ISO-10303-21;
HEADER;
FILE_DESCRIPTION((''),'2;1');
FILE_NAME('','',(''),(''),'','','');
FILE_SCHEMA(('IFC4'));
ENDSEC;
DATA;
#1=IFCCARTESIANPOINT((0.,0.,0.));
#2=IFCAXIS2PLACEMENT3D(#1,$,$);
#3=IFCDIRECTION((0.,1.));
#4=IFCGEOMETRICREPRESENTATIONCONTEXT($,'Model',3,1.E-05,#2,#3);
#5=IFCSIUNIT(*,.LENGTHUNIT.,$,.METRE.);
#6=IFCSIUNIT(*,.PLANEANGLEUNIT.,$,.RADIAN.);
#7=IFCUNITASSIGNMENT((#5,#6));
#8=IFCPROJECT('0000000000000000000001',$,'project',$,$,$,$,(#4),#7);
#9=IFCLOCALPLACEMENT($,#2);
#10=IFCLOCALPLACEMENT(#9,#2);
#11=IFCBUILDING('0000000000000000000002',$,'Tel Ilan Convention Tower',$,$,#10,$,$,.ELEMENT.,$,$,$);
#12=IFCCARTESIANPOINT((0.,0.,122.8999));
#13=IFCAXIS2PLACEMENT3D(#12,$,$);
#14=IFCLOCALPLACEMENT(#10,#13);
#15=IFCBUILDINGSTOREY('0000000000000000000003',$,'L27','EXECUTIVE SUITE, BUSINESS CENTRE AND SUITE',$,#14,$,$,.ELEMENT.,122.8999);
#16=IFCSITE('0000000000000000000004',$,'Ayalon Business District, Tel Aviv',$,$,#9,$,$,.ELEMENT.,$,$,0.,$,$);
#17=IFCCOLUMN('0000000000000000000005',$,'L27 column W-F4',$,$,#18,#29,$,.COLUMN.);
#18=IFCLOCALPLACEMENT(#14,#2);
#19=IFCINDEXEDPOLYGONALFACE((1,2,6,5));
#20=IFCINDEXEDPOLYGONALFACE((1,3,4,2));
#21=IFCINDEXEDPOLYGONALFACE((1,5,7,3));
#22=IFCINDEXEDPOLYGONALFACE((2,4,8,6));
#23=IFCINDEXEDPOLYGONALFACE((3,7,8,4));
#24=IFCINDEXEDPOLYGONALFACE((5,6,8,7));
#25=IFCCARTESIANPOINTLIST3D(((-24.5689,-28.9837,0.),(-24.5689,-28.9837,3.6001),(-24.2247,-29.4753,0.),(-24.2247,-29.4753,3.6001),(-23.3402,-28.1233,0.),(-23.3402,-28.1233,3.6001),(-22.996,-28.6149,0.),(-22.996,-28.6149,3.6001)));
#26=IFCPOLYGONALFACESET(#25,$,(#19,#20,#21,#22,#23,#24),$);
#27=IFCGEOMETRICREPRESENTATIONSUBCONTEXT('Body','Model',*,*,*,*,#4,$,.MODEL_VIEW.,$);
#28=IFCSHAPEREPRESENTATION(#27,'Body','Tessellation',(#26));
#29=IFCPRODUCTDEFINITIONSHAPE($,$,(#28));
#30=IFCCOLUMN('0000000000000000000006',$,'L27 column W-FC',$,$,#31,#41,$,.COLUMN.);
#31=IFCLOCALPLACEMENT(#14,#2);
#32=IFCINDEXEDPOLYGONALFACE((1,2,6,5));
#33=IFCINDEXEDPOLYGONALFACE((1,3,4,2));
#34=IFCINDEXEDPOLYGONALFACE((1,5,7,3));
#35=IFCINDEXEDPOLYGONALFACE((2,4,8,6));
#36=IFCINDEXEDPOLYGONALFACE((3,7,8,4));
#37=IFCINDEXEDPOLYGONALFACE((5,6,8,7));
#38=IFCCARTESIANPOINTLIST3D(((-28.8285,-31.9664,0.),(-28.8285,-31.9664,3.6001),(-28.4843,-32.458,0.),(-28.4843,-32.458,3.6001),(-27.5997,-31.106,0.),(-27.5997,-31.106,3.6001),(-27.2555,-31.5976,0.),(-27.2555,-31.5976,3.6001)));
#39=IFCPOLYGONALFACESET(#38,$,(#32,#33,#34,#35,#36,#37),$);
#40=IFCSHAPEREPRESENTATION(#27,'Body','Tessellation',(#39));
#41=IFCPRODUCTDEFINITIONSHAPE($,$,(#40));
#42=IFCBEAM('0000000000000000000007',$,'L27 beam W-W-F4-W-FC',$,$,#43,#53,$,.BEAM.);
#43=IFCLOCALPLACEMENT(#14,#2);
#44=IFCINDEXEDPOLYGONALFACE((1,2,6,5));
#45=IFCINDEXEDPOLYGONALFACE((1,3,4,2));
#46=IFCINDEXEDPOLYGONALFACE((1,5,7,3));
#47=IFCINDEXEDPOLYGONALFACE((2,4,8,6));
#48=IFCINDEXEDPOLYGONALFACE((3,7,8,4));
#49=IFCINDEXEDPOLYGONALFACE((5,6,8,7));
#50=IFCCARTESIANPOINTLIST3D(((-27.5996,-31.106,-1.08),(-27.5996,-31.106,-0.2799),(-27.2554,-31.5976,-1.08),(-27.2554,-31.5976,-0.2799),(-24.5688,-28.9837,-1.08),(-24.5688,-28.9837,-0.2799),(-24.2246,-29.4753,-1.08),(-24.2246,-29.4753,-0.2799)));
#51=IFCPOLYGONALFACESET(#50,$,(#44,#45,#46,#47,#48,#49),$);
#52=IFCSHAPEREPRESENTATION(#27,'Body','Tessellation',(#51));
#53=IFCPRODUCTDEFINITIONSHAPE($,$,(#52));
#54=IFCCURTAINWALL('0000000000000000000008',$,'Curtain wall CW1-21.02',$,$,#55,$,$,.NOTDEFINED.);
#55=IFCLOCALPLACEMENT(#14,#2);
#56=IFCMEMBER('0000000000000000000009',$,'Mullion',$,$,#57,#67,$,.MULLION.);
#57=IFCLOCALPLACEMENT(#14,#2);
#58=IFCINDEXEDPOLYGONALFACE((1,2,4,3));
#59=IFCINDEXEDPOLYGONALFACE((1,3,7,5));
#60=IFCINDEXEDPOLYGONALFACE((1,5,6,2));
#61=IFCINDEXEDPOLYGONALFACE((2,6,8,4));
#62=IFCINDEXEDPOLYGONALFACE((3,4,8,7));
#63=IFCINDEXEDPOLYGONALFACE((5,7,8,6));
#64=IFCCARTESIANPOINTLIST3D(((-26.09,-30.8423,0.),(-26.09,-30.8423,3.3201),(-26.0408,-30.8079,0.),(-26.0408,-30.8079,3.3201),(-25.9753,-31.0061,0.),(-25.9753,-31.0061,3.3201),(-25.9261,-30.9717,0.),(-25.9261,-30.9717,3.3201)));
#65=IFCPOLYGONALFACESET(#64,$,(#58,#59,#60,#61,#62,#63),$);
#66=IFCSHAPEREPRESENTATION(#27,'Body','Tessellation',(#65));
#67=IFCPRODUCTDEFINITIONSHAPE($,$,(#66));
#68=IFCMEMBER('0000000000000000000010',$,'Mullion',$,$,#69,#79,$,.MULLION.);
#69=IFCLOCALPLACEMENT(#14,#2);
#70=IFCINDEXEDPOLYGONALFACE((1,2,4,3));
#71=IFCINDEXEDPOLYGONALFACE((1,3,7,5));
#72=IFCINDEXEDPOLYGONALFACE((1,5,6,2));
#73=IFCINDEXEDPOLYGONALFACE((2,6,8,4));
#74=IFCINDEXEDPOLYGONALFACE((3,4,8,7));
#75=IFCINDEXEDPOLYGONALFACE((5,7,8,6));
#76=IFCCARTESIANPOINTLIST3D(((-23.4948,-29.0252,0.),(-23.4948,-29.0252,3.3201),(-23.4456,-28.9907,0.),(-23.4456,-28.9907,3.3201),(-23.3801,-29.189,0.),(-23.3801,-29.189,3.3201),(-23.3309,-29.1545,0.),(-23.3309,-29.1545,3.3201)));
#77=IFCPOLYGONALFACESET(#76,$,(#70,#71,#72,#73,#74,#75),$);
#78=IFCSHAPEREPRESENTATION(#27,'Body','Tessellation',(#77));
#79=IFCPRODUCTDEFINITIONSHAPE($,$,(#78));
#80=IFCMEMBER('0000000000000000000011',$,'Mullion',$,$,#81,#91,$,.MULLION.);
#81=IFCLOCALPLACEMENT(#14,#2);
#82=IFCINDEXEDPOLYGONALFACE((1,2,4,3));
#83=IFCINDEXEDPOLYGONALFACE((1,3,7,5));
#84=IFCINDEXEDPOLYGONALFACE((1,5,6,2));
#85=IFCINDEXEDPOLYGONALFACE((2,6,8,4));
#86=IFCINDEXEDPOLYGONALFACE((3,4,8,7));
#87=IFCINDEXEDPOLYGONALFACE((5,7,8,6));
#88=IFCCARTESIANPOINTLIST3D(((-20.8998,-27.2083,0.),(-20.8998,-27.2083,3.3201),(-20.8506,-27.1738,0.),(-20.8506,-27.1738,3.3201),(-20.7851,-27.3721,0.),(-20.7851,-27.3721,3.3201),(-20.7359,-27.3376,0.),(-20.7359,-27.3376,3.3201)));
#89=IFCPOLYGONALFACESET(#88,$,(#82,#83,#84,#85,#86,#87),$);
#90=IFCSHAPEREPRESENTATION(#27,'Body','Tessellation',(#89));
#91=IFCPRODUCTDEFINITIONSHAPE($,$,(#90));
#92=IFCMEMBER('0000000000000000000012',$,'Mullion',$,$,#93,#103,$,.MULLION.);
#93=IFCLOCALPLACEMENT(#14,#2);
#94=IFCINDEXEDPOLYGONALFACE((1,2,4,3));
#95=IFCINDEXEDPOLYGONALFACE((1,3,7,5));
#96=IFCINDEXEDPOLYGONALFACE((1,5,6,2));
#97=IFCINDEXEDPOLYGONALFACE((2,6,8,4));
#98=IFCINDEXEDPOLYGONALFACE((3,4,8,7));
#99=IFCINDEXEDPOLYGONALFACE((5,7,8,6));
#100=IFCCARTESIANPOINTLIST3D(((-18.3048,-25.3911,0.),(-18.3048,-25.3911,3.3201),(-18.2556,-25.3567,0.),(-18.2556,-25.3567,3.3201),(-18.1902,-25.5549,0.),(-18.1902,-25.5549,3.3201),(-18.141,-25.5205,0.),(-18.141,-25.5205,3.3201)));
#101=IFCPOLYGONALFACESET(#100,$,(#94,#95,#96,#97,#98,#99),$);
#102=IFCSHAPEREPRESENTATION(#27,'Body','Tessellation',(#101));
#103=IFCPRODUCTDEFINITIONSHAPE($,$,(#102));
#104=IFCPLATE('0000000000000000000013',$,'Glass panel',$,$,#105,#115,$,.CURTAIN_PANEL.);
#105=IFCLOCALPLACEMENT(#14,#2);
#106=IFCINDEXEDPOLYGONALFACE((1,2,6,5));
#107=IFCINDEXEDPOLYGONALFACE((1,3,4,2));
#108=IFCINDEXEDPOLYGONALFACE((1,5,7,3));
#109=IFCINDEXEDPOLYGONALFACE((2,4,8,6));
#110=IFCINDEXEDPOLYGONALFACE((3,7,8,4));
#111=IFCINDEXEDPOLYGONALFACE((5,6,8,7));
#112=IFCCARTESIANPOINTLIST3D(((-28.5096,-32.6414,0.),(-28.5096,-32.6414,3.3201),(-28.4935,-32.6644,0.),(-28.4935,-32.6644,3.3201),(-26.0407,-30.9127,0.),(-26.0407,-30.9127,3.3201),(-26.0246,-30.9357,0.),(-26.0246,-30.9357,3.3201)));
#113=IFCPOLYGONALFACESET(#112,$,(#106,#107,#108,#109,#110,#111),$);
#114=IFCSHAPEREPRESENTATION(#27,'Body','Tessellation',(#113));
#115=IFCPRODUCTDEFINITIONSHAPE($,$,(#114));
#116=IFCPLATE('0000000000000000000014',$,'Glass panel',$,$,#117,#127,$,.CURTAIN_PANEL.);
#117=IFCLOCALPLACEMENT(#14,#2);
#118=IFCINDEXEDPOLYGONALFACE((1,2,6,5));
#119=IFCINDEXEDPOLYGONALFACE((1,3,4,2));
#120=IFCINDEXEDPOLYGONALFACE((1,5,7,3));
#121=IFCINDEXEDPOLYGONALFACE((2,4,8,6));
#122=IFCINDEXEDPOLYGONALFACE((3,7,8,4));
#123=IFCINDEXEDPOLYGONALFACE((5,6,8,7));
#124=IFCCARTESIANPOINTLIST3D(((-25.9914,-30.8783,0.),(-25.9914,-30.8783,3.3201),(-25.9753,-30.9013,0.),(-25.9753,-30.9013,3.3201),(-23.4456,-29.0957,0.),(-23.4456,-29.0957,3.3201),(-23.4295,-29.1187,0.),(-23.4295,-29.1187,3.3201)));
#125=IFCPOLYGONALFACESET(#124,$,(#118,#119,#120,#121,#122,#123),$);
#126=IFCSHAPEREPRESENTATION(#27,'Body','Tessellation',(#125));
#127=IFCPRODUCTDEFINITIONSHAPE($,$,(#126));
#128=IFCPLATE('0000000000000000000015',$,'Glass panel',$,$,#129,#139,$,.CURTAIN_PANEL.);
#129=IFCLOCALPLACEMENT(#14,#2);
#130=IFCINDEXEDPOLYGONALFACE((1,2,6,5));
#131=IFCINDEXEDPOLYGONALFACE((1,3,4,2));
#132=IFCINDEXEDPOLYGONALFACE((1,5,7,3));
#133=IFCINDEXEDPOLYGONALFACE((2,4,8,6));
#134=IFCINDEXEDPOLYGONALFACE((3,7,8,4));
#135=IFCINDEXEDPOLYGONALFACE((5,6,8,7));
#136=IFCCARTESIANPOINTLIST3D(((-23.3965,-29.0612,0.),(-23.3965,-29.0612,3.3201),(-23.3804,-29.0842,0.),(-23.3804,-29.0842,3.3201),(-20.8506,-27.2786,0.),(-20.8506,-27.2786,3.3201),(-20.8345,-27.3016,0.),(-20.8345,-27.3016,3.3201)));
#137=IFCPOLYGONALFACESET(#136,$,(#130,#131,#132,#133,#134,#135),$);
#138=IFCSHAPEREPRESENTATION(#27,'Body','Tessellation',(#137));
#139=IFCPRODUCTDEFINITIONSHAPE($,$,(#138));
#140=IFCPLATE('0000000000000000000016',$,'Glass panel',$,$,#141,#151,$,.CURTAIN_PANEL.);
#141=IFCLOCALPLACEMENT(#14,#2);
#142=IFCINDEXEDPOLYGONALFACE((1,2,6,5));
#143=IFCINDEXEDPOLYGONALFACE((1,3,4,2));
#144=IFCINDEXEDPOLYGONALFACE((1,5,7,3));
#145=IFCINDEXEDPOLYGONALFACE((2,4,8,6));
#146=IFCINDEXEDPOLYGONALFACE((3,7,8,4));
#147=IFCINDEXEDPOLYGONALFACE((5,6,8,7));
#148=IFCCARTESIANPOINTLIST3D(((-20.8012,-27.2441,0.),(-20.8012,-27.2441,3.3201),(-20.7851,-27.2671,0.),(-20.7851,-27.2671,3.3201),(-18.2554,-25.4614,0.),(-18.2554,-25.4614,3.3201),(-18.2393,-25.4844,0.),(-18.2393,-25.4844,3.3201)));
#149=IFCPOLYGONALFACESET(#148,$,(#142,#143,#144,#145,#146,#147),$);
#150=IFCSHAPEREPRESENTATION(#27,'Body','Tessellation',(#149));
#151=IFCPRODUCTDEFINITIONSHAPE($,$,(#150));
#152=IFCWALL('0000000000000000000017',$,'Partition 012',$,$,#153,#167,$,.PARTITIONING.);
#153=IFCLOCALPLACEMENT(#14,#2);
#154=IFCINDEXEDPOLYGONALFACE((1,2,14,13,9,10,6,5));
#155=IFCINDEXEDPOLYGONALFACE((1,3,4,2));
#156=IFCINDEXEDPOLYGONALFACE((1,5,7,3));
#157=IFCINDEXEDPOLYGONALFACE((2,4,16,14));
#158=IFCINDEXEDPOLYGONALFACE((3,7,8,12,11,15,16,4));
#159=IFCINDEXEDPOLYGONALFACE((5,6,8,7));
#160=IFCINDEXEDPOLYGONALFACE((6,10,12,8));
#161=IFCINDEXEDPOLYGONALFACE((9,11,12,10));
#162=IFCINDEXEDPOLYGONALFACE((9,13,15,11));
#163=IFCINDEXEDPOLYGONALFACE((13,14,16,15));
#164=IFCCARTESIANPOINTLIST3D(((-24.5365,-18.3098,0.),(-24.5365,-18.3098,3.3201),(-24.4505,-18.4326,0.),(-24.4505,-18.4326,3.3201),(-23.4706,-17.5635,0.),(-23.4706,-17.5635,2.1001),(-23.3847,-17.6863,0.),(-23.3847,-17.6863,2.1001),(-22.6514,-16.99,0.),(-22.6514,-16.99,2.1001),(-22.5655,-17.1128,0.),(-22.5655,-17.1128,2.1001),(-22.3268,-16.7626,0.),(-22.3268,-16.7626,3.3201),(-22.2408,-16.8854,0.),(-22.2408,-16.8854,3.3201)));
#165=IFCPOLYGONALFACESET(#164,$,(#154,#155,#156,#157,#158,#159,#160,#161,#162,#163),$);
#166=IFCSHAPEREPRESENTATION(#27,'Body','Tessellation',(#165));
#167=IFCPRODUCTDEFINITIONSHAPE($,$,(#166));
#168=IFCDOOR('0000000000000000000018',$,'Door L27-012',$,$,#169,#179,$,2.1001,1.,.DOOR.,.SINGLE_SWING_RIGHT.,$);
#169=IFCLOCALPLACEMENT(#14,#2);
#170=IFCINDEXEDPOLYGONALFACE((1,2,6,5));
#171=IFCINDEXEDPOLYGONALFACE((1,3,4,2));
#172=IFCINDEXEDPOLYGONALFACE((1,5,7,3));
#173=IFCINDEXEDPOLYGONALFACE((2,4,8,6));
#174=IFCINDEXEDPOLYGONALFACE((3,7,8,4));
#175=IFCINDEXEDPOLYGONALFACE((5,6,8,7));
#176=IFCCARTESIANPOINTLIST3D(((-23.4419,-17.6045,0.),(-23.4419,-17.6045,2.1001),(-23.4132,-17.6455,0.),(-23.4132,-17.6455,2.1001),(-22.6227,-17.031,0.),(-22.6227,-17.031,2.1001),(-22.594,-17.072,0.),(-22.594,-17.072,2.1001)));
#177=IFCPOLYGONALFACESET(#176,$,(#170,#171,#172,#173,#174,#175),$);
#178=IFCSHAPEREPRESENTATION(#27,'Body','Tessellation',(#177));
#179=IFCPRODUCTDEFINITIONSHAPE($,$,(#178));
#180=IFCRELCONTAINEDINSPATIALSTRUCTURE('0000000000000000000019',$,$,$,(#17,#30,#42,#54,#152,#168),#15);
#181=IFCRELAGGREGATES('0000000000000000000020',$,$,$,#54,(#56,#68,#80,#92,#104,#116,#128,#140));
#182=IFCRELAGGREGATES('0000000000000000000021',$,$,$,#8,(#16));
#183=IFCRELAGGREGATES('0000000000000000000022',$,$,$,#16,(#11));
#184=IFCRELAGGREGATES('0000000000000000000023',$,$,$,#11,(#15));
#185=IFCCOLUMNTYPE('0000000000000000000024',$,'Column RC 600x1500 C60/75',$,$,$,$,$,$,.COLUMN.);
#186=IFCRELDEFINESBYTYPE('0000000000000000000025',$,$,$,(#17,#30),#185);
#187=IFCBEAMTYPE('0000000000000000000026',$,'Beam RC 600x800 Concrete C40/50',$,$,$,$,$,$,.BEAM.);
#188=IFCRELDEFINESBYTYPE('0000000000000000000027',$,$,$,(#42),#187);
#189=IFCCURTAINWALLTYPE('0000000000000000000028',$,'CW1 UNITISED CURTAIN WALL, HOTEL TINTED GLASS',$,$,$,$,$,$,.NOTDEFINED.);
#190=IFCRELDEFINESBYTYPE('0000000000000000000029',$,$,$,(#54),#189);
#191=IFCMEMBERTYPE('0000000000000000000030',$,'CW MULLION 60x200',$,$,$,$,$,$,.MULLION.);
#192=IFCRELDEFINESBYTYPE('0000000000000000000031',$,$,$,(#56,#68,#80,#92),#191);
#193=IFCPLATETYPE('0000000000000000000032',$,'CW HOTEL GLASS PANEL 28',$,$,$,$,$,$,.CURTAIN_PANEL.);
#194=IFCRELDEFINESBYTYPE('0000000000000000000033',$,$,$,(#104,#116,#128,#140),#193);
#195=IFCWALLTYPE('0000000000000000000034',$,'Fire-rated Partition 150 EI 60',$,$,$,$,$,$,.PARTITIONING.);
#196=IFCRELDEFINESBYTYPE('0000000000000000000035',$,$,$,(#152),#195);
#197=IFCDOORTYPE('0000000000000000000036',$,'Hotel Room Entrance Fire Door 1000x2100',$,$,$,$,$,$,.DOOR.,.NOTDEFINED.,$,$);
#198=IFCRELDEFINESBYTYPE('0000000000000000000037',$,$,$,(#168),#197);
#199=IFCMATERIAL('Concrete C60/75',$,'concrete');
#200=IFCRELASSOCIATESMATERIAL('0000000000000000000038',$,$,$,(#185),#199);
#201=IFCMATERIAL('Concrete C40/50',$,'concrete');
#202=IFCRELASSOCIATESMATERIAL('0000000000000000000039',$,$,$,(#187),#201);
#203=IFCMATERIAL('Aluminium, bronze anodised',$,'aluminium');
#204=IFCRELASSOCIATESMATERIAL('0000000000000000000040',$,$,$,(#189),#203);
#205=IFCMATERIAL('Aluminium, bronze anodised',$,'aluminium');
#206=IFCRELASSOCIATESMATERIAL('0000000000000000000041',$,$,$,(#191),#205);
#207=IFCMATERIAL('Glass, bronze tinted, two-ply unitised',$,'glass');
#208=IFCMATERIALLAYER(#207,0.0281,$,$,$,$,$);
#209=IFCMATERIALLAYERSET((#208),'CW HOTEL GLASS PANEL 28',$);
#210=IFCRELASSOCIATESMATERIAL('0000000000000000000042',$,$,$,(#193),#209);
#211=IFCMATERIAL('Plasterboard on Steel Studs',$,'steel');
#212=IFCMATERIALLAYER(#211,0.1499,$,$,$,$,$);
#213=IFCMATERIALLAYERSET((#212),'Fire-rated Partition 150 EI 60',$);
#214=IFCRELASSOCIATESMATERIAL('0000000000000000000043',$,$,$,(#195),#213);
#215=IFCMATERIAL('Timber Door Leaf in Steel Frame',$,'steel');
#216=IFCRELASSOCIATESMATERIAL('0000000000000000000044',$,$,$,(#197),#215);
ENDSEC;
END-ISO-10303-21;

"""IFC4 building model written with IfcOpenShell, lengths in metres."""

from ifc_helpers import new_model, si_unit, direction, frame, frame_2d, origin, origin_2d, place, context, subcontext, project, spatial, rectangle, extrude, material, layer, layer_set, material_profile, profile_set, type_object, element, fill, aggregate, save


model = new_model("IFC4")

# Units and contexts
model_context = context("Model", 3, precision=1e-05, world=origin(), true_north=direction((0.0, 1.0)))
body_context = subcontext(model_context, "Body", "Model", "MODEL_VIEW")
ifc_project = project(units=[si_unit("LENGTHUNIT", "METRE"), si_unit("PLANEANGLEUNIT", "RADIAN")], contexts=[model_context])

# Site, building, storey
site_placement = place(None, origin())
site = spatial("IfcSite", under=ifc_project, at=site_placement, Name="Ayalon Business District, Tel Aviv", CompositionType="ELEMENT", RefElevation=0.0)
building_placement = place(site_placement, origin())
building = spatial("IfcBuilding", under=site, at=building_placement, Name="Tel Ilan Convention Tower", CompositionType="ELEMENT")
storey_placement = place(building_placement, frame((0.0, 0.0, 122.8999)))
storey = spatial("IfcBuildingStorey", under=building, at=storey_placement, Name="L27", Description="EXECUTIVE SUITE, BUSINESS CENTRE AND SUITE", CompositionType="ELEMENT", Elevation=122.8999)

# Columns
ifc_material_1 = material(Name="Concrete C60/75", Category="concrete")
ifc_material_profile_1 = material_profile(ifc_material_1, rectangle(XDim=1.5, YDim=0.6001, at=origin_2d()), Name="RC 600x1500")
ifc_profile_set_1 = profile_set([ifc_material_profile_1], Name="Concrete C60/75")
column_type = type_object("IfcColumnType", Name="Column RC 600x1500 C60/75", PredefinedType="COLUMN", material=ifc_profile_set_1)
for number, where, z_axis, x_axis, name in (
    (1, (-23.7825, -28.7993, 0.0), (0.0, 0.0, 1.0), (-0.819152, -0.573576, 0.0), "L27 column W-F4"),
    (2, (-28.042, -31.782, 0.0), (0.0, 0.0, 1.0), (-0.819152, -0.573576, 0.0), "L27 column W-FC"),
):
    element("IfcColumn", number, at=place(storey_placement, frame(where, z_axis=z_axis, x_axis=x_axis)), inside=storey, type_object=column_type, Name=name, PredefinedType="COLUMN", context=body_context, shape_type="SweptSolid", body=[
        extrude(rectangle(XDim=1.5, YDim=0.6001, at=origin_2d()), origin(), (0.0, 0.0, 1.0), 3.6001),
    ])

# Beam
ifc_material_2 = material(Name="Concrete C40/50", Category="concrete")
ifc_material_profile_2 = material_profile(ifc_material_2, rectangle(XDim=0.6001, YDim=0.8, at=origin_2d()), Name="RC 600x800")
ifc_profile_set_2 = profile_set([ifc_material_profile_2], Name="Concrete C40/50")
beam_type = type_object("IfcBeamType", Name="Beam RC 600x800 Concrete C40/50", PredefinedType="BEAM", material=ifc_profile_set_2)
beam_placement = place(storey_placement, frame((-24.3967, -29.2295, -0.6799), z_axis=(-0.819133, -0.573604, 0.0), x_axis=(0.573604, -0.819133, 0.0)))
element("IfcBeam", 3, at=beam_placement, inside=storey, type_object=beam_type, Name="L27 beam W-W-F4-W-FC", PredefinedType="BEAM", context=body_context, shape_type="SweptSolid", body=[
    extrude(rectangle(XDim=0.6001, YDim=0.8, at=origin_2d()), origin(), (0.0, 0.0, 1.0), 3.7),
])

# Curtain wall, members, plates
ifc_material_3 = material(Name="Aluminium, bronze anodised", Category="aluminium")
curtain_wall_type = type_object("IfcCurtainWallType", Name="CW1 UNITISED CURTAIN WALL, HOTEL TINTED GLASS", PredefinedType="NOTDEFINED", material=ifc_material_3)
curtain_wall_placement = place(storey_placement, origin())
curtain_wall = element("IfcCurtainWall", 4, at=curtain_wall_placement, inside=storey, type_object=curtain_wall_type, Name="Curtain wall CW1-21.02", PredefinedType="NOTDEFINED")
ifc_material_4 = material(Name="Aluminium, bronze anodised", Category="aluminium")
ifc_material_profile_3 = material_profile(ifc_material_4, rectangle(XDim=0.0601, YDim=0.2, at=origin_2d()), Name="CW MULLION 60x200")
ifc_profile_set_3 = profile_set([ifc_material_profile_3], Name="Aluminium, bronze anodised")
member_type = type_object("IfcMemberType", Name="CW MULLION 60x200", PredefinedType="MULLION", material=ifc_profile_set_3)
member_1_placement = place(storey_placement, frame((-26.0081, -30.907, 0.0), z_axis=(0.0, 0.0, 1.0), x_axis=(0.819152, 0.573576, 0.0)))
member_1 = element("IfcMember", 5, at=member_1_placement, type_object=member_type, Name="Mullion", PredefinedType="MULLION", context=body_context, shape_type="SweptSolid", body=[
    extrude(rectangle(XDim=0.0601, YDim=0.2, at=origin_2d()), origin(), (0.0, 0.0, 1.0), 3.3201),
])
member_2_placement = place(storey_placement, frame((-23.4128, -29.0898, 0.0), z_axis=(0.0, 0.0, 1.0), x_axis=(0.819152, 0.573576, 0.0)))
member_2 = element("IfcMember", 6, at=member_2_placement, type_object=member_type, Name="Mullion", PredefinedType="MULLION", context=body_context, shape_type="SweptSolid", body=[
    extrude(rectangle(XDim=0.0601, YDim=0.2, at=origin_2d()), origin(), (0.0, 0.0, 1.0), 3.3201),
])
member_3_placement = place(storey_placement, frame((-20.8179, -27.2729, 0.0), z_axis=(0.0, 0.0, 1.0), x_axis=(0.819152, 0.573576, 0.0)))
member_3 = element("IfcMember", 7, at=member_3_placement, type_object=member_type, Name="Mullion", PredefinedType="MULLION", context=body_context, shape_type="SweptSolid", body=[
    extrude(rectangle(XDim=0.0601, YDim=0.2, at=origin_2d()), origin(), (0.0, 0.0, 1.0), 3.3201),
])
member_4_placement = place(storey_placement, frame((-18.2229, -25.4558, 0.0), z_axis=(0.0, 0.0, 1.0), x_axis=(0.819152, 0.573576, 0.0)))
member_4 = element("IfcMember", 8, at=member_4_placement, type_object=member_type, Name="Mullion", PredefinedType="MULLION", context=body_context, shape_type="SweptSolid", body=[
    extrude(rectangle(XDim=0.0601, YDim=0.2, at=origin_2d()), origin(), (0.0, 0.0, 1.0), 3.3201),
])
ifc_material_5 = material(Name="Glass, bronze tinted, two-ply unitised", Category="glass")
ifc_layer_1 = layer(ifc_material_5, 0.0281)
ifc_layer_set_1 = layer_set([ifc_layer_1], Name="CW HOTEL GLASS PANEL 28")
plate_type = type_object("IfcPlateType", Name="CW HOTEL GLASS PANEL 28", PredefinedType="CURTAIN_PANEL", material=ifc_layer_set_1)
plate_1_placement = place(storey_placement, frame((-27.2671, -31.7886, 0.0), z_axis=(0.0, 0.0, 1.0), x_axis=(0.819152, 0.573576, 0.0)))
plate_1 = element("IfcPlate", 9, at=plate_1_placement, type_object=plate_type, Name="Glass panel", PredefinedType="CURTAIN_PANEL", context=body_context, shape_type="SweptSolid", body=[
    extrude(rectangle(XDim=3.0139, YDim=0.0281, at=origin_2d()), origin(), (0.0, 0.0, 1.0), 3.3201),
])
plate_2_placement = place(storey_placement, frame((-24.7104, -29.9985, 0.0), z_axis=(0.0, 0.0, 1.0), x_axis=(0.819152, 0.573576, 0.0)))
plate_2 = element("IfcPlate", 10, at=plate_2_placement, type_object=plate_type, Name="Glass panel", PredefinedType="CURTAIN_PANEL", context=body_context, shape_type="SweptSolid", body=[
    extrude(rectangle(XDim=3.1079, YDim=0.0281, at=origin_2d()), origin(), (0.0, 0.0, 1.0), 3.3201),
])
plate_3_placement = place(storey_placement, frame((-22.1155, -28.1814, 0.0), z_axis=(0.0, 0.0, 1.0), x_axis=(0.819152, 0.573576, 0.0)))
plate_3 = element("IfcPlate", 11, at=plate_3_placement, type_object=plate_type, Name="Glass panel", PredefinedType="CURTAIN_PANEL", context=body_context, shape_type="SweptSolid", body=[
    extrude(rectangle(XDim=3.1079, YDim=0.0281, at=origin_2d()), origin(), (0.0, 0.0, 1.0), 3.3201),
])
plate_4_placement = place(storey_placement, frame((-19.5203, -26.3643, 0.0), z_axis=(0.0, 0.0, 1.0), x_axis=(0.819152, 0.573576, 0.0)))
plate_4 = element("IfcPlate", 12, at=plate_4_placement, type_object=plate_type, Name="Glass panel", PredefinedType="CURTAIN_PANEL", context=body_context, shape_type="SweptSolid", body=[
    extrude(rectangle(XDim=3.1079, YDim=0.0281, at=origin_2d()), origin(), (0.0, 0.0, 1.0), 3.3201),
])
aggregate(curtain_wall, [member_1, member_2, member_3, member_4, plate_1, plate_2, plate_3, plate_4])

# Wall, opening, door
ifc_material_6 = material(Name="Plasterboard on Steel Studs", Category="steel")
ifc_layer_2 = layer(ifc_material_6, 0.1499)
ifc_layer_set_2 = layer_set([ifc_layer_2], Name="Fire-rated Partition 150 EI 60")
wall_type_1 = type_object("IfcWallType", Name="Fire-rated Partition 150 EI 60", PredefinedType="PARTITIONING", material=ifc_layer_set_2)
wall_1_placement = place(storey_placement, frame((-24.4934, -18.3711, 0.0), z_axis=(0.0, 0.0, 1.0), x_axis=(0.819177, 0.573541, 0.0)))
wall_1 = element("IfcWall", 13, at=wall_1_placement, inside=storey, type_object=wall_type_1, Name="Partition 012", PredefinedType="PARTITIONING", context=body_context, shape_type="SweptSolid", body=[
    extrude(rectangle(XDim=2.6975, YDim=0.1499, at=frame_2d((1.3486, 0.0))), origin(), (0.0, 0.0, 1.0), 3.3201),
])
opening_1_placement = place(wall_1_placement, frame((1.301, 0.0, 0.0)))
opening_1 = element("IfcOpeningElement", 14, at=opening_1_placement, cuts=wall_1, PredefinedType="OPENING", context=body_context, shape_type="SweptSolid", body=[
    extrude(rectangle(XDim=1.0, YDim=2.1001, at=frame_2d((0.5, 1.05))), frame((0.0, 0.085, 0.0), z_axis=(0.0, -1.0, 0.0), x_axis=(1.0, 0.0, 0.0)), (0.0, 0.0, 1.0), 0.1699),
])
ifc_material_7 = material(Name="Timber Door Leaf in Steel Frame", Category="steel")
door_type_1 = type_object("IfcDoorType", Name="Hotel Room Entrance Fire Door 1000x2100", OperationType="NOTDEFINED", PredefinedType="DOOR", material=ifc_material_7)
door_1_placement = place(opening_1_placement, origin())
door_1 = element("IfcDoor", 15, at=door_1_placement, inside=storey, type_object=door_type_1, Name="Door L27-012", OperationType="SINGLE_SWING_RIGHT", OverallHeight=2.1001, OverallWidth=1.0, PredefinedType="DOOR", context=body_context, shape_type="SweptSolid", body=[
    extrude(rectangle(XDim=1.0, YDim=2.1001, at=frame_2d((0.5, 1.05))), frame((0.0, 0.0249, 0.0), z_axis=(0.0, -1.0, 0.0), x_axis=(1.0, 0.0, 0.0)), (0.0, 0.0, 1.0), 0.05),
])
fill(opening_1, door_1)

save(model, "model.ifc")
